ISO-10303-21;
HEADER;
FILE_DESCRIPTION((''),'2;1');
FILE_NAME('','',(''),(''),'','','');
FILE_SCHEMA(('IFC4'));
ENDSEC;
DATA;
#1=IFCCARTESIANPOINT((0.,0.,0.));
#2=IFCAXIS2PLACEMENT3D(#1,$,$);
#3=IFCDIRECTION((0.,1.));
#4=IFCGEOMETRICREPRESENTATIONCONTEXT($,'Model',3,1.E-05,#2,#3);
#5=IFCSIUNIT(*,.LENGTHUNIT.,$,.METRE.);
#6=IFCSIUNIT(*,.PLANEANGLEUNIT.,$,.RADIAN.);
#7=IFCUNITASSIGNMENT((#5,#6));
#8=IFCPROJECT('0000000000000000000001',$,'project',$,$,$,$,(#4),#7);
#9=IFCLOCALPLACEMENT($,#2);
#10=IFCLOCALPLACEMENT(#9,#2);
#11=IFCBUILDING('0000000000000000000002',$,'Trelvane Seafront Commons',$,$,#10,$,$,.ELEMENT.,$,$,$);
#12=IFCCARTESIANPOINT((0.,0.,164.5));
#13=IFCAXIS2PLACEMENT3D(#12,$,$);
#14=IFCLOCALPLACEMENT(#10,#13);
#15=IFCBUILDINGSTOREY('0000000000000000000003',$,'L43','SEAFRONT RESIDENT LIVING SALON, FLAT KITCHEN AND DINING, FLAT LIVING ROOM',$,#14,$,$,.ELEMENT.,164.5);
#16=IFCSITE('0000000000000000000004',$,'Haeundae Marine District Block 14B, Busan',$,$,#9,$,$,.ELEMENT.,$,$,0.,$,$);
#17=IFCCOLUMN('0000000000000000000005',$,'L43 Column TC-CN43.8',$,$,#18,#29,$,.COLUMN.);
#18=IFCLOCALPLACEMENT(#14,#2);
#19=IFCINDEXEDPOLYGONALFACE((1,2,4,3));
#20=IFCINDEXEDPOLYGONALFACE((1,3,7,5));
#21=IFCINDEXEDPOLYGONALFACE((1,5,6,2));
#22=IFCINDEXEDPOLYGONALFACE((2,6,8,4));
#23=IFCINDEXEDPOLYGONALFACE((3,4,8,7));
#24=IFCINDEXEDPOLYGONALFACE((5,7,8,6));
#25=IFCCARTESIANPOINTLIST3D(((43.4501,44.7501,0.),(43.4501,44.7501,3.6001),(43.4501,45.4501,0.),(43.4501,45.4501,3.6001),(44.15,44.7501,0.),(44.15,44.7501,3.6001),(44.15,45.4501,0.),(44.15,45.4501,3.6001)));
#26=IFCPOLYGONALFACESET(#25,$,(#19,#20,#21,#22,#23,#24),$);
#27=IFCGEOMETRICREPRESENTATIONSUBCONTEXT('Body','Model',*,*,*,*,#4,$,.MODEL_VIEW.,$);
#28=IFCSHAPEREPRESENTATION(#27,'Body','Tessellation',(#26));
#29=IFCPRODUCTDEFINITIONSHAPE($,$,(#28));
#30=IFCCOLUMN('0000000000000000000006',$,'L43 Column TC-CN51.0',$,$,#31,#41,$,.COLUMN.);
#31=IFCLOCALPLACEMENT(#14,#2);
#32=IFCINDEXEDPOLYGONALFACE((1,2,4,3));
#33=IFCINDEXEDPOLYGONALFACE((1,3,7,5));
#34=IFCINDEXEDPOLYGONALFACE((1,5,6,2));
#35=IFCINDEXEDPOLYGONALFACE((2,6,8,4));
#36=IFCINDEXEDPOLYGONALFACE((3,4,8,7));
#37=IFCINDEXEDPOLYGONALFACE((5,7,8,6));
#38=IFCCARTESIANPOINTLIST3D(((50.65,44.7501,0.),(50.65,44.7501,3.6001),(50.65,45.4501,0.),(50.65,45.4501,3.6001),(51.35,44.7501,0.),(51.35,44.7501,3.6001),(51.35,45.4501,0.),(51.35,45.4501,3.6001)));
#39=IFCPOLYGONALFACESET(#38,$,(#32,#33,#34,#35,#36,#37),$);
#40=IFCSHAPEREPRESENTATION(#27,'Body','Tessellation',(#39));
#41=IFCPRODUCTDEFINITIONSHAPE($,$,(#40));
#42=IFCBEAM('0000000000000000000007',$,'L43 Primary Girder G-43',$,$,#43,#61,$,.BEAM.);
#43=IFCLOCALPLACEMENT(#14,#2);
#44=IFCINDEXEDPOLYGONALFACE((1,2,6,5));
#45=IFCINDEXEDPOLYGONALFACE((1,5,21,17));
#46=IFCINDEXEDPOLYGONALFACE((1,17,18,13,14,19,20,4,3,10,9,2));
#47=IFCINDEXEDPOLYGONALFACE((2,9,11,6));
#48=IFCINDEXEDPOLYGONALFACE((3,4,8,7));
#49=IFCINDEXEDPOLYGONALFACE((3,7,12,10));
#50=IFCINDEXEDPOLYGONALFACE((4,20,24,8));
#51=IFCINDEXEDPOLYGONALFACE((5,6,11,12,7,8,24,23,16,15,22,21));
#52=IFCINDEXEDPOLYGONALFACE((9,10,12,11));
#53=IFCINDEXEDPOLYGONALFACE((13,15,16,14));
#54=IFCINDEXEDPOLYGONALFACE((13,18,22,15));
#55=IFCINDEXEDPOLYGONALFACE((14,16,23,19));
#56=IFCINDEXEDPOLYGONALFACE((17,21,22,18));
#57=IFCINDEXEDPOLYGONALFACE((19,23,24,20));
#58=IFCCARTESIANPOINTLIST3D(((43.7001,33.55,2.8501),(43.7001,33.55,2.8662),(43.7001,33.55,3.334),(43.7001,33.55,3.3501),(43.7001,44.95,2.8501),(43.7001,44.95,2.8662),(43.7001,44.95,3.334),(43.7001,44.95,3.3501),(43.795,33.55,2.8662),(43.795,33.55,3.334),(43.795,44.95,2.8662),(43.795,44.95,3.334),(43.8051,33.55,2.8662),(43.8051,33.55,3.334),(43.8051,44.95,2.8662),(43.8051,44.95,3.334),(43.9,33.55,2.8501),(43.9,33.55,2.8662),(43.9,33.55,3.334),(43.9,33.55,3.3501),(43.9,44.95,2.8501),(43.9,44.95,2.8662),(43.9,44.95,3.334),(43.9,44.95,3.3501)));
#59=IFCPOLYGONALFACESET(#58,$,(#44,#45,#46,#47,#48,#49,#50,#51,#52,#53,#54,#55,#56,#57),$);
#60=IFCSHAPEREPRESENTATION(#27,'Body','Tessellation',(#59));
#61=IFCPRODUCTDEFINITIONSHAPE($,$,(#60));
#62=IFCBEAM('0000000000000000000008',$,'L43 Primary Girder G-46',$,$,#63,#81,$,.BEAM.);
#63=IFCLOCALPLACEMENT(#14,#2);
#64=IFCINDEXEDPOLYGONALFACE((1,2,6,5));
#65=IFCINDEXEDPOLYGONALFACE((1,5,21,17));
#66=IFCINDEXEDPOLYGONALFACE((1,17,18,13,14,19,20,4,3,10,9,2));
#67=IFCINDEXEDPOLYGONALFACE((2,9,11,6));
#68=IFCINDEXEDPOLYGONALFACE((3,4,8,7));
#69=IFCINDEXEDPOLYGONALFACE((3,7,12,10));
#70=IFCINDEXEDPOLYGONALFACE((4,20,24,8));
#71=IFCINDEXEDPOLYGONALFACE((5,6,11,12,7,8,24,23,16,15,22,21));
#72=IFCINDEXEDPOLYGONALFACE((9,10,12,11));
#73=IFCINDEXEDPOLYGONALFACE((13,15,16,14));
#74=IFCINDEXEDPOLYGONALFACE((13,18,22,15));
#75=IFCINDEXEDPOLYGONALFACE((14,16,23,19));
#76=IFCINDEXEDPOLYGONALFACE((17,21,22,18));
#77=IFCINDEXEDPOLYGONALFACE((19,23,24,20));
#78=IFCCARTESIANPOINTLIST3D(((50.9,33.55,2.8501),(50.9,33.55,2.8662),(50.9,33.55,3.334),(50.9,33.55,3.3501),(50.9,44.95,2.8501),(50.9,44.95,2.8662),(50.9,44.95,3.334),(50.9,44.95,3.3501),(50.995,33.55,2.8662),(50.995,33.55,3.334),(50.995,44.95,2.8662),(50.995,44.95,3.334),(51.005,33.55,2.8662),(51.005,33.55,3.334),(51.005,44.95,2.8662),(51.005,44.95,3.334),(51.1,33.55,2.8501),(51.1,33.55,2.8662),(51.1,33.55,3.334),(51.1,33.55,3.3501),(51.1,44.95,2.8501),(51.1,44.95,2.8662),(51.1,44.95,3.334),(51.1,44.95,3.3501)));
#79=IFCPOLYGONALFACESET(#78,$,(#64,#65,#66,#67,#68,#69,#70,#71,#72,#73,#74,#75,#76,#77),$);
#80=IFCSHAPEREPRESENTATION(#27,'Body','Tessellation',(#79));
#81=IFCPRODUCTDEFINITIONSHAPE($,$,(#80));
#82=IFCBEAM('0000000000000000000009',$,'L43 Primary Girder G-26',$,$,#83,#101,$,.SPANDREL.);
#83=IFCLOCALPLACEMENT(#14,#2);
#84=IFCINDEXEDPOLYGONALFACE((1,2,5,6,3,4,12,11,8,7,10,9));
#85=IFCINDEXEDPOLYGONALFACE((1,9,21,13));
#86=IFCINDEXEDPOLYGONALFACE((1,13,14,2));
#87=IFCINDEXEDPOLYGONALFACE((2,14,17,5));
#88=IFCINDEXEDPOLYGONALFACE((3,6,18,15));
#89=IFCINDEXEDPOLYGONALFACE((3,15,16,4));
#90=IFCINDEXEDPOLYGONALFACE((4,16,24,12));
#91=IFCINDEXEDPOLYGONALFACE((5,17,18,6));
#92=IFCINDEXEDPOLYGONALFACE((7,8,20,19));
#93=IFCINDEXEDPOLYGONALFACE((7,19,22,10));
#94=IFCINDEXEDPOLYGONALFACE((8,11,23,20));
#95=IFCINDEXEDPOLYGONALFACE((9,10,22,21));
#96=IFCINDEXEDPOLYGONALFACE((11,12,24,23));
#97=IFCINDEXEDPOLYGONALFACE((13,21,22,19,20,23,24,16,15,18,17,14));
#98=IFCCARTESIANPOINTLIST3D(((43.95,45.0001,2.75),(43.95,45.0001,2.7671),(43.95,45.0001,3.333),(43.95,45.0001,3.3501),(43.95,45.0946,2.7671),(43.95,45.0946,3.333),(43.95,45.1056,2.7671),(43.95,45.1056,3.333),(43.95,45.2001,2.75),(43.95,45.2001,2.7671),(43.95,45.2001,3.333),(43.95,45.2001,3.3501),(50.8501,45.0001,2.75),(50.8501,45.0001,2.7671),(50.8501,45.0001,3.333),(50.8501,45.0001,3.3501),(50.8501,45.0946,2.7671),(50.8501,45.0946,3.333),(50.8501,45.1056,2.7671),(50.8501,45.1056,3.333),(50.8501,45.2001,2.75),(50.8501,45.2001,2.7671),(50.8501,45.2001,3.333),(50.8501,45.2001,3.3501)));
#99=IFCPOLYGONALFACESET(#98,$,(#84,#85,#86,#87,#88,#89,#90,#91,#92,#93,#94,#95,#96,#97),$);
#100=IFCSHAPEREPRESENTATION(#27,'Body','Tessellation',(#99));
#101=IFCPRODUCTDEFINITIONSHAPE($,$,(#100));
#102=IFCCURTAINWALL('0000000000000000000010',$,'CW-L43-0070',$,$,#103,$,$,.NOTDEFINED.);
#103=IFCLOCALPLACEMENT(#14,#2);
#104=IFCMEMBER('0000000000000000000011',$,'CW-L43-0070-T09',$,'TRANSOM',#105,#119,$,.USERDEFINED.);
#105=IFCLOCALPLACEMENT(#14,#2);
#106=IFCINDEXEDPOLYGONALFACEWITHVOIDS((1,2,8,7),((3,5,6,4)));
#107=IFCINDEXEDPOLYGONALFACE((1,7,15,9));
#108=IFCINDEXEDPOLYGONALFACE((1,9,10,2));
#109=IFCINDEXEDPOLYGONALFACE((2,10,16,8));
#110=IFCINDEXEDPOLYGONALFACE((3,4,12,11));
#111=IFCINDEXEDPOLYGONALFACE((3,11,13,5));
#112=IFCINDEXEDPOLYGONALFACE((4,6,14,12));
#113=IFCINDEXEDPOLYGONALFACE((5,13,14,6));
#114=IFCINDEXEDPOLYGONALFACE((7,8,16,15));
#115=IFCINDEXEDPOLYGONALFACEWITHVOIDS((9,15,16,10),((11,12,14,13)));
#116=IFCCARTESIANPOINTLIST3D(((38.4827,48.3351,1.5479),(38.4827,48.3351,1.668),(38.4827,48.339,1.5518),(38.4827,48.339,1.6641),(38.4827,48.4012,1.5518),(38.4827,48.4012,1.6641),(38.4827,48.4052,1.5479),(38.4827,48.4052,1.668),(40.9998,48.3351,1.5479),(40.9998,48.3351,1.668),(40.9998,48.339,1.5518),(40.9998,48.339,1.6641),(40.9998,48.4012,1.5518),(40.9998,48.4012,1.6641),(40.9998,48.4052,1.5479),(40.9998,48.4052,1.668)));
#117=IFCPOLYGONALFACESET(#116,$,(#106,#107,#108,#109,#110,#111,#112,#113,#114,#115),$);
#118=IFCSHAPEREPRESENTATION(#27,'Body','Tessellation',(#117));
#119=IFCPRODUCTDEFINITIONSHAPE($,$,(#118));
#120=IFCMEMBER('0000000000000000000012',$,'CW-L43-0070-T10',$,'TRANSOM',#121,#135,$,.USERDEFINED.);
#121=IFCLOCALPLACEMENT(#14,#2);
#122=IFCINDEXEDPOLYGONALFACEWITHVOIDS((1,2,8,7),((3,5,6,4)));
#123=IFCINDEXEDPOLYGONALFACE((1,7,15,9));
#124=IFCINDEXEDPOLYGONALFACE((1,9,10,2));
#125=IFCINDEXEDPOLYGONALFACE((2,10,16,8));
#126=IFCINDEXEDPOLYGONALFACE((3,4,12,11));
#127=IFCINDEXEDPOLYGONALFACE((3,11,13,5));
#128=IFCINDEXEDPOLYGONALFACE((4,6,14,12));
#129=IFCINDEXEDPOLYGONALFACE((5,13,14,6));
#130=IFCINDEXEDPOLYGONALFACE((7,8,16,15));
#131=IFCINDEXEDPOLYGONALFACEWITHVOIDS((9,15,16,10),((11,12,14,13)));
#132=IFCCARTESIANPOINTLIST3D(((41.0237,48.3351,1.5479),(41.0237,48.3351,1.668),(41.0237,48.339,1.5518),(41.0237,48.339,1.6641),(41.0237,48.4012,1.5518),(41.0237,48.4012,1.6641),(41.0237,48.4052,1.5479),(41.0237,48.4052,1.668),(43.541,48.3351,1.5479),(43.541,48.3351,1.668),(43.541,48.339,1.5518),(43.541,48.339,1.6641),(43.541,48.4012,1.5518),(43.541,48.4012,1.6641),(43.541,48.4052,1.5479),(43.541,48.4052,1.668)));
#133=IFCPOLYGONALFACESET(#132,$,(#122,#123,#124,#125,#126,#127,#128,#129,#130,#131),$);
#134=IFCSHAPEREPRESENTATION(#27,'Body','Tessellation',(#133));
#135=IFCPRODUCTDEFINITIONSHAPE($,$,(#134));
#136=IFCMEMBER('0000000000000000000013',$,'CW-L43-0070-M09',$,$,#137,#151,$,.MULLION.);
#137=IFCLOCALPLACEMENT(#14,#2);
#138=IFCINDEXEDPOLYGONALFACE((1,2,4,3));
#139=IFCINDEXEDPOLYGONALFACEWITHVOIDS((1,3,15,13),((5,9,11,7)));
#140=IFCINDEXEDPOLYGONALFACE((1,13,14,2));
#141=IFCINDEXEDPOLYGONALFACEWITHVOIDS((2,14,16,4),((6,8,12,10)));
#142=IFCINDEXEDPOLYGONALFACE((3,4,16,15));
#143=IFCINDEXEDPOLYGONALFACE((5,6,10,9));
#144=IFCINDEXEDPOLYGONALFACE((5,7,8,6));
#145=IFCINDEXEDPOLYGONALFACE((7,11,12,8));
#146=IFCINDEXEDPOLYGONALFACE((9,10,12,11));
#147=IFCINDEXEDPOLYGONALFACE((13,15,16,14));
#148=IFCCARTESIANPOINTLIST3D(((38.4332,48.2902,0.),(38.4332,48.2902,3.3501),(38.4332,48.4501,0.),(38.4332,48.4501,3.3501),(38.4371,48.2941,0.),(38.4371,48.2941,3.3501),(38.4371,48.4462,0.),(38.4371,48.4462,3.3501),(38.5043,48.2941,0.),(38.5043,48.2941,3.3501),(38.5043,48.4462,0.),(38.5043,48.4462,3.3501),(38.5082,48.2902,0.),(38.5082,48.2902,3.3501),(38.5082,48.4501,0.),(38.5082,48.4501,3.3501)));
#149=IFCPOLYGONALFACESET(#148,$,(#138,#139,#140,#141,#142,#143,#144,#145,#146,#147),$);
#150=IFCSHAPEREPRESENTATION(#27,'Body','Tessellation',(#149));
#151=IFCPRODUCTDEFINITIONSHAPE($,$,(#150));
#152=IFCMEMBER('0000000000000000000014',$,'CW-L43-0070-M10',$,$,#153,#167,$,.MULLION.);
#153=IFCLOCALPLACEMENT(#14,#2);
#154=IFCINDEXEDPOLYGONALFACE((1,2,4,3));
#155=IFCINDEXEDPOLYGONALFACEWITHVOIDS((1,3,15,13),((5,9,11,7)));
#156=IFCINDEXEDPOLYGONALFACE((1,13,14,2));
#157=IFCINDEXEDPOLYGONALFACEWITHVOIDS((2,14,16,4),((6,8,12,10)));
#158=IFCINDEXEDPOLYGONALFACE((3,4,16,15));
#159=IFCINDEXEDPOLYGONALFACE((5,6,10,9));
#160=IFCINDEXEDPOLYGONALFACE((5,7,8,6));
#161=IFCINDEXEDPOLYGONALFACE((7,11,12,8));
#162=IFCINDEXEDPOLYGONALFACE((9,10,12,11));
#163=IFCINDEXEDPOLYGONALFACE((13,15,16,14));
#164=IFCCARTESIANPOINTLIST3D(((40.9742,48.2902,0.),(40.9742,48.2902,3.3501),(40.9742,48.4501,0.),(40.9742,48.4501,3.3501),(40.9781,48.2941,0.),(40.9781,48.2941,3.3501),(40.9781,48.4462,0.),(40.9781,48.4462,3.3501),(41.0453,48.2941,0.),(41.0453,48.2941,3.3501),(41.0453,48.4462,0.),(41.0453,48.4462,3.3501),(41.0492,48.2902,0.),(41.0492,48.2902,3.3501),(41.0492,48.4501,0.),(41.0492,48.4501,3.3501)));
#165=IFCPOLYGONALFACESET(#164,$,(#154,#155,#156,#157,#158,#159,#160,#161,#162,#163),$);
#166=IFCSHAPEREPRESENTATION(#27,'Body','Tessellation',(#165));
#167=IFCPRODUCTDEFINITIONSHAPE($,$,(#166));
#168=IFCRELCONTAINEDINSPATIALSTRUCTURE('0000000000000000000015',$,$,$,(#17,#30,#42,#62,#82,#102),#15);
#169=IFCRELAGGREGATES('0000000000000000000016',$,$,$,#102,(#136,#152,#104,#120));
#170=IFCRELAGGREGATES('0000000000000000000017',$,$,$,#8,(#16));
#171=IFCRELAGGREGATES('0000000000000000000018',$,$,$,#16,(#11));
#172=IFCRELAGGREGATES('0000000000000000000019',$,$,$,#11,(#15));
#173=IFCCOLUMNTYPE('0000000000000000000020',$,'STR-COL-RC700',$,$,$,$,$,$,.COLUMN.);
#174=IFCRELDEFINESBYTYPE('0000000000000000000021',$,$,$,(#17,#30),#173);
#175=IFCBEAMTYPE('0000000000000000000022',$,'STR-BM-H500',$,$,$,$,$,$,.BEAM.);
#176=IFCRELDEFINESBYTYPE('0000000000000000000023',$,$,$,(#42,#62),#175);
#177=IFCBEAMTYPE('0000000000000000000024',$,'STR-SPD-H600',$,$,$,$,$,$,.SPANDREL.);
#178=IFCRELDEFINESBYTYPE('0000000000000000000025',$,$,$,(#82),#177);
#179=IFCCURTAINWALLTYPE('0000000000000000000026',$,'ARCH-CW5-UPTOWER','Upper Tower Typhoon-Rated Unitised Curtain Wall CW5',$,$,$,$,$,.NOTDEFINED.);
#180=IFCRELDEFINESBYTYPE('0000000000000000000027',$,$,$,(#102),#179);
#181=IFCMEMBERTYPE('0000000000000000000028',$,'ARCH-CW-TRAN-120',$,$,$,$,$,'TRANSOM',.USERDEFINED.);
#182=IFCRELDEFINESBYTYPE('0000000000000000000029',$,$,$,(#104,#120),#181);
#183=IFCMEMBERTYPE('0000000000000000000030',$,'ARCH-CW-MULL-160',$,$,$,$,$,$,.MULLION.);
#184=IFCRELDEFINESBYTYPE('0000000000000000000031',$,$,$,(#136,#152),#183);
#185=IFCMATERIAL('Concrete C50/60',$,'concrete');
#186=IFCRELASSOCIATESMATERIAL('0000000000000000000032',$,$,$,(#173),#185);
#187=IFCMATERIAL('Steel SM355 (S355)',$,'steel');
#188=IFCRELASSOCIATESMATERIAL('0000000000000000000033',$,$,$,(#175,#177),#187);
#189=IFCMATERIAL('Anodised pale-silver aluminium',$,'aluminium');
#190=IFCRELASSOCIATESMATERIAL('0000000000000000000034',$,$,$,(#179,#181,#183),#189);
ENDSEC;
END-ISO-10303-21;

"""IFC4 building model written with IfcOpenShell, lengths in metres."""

from ifc_helpers import new_model, si_unit, direction, frame, origin, origin_2d, place, context, subcontext, project, spatial, rectangle, hollow_rectangle, i_section, extrude, source, transform, mapped, material, material_profile, profile_set, type_object, element, aggregate, save


model = new_model("IFC4")

# Units and contexts
model_context = context("Model", 3, precision=1e-05, world=origin(), true_north=direction((0.0, 1.0)))
body_context = subcontext(model_context, "Body", "Model", "MODEL_VIEW")
ifc_project = project(units=[si_unit("LENGTHUNIT", "METRE"), si_unit("PLANEANGLEUNIT", "RADIAN")], contexts=[model_context])

# Site, building, storey
site_placement = place(None, origin())
site = spatial("IfcSite", under=ifc_project, at=site_placement, Name="Haeundae Marine District Block 14B, Busan", CompositionType="ELEMENT", RefElevation=0.0)
building_placement = place(site_placement, origin())
building = spatial("IfcBuilding", under=site, at=building_placement, Name="Trelvane Seafront Commons", CompositionType="ELEMENT")
storey_placement = place(building_placement, frame((0.0, 0.0, 164.5)))
storey = spatial("IfcBuildingStorey", under=building, at=storey_placement, Name="L43", Description="SEAFRONT RESIDENT LIVING SALON, FLAT KITCHEN AND DINING, FLAT LIVING ROOM", CompositionType="ELEMENT", Elevation=164.5)

# Columns
ifc_material_1 = material(Name="Concrete C50/60", Category="concrete")
ifc_material_profile_1 = material_profile(ifc_material_1, rectangle(XDim=0.7, YDim=0.7, at=origin_2d()), Name="RC-700x700")
ifc_profile_set_1 = profile_set([ifc_material_profile_1], Name="Concrete C50/60")
column_type = type_object("IfcColumnType", Name="STR-COL-RC700", PredefinedType="COLUMN", material=ifc_profile_set_1)
shared_shape_1 = source(origin(), body_context, "Body", "SweptSolid", [
    extrude(rectangle(XDim=0.7, YDim=0.7, at=origin_2d()), origin(), (0.0, 0.0, 1.0), 3.6001),
])
for number, where, z_axis, x_axis, name in (
    (1, (43.8, 45.1001, 0.0), (0.0, 0.0, 1.0), (1.0, 0.0, 0.0), "L43 Column TC-CN43.8"),
    (2, (51.0, 45.1001, 0.0), (0.0, 0.0, 1.0), (1.0, 0.0, 0.0), "L43 Column TC-CN51.0"),
):
    element("IfcColumn", number, at=place(storey_placement, frame(where, z_axis=z_axis, x_axis=x_axis)), inside=storey, type_object=column_type, Name=name, PredefinedType="COLUMN", context=body_context, shape_type="MappedRepresentation", body=[
        mapped(shared_shape_1, transform((0.0, 0.0, 0.0), x_axis=(1.0, 0.0, 0.0), y_axis=(0.0, 1.0, 0.0), z_axis=(0.0, 0.0, 1.0), scale=1.0)),
    ])

# Beams
ifc_material_2 = material(Name="Steel SM355 (S355)", Category="steel")
ifc_material_profile_2 = material_profile(ifc_material_2, i_section(OverallWidth=0.2, OverallDepth=0.5, WebThickness=0.01, FlangeThickness=0.0161, at=origin_2d()), Name="H-500x200x10x16")
ifc_profile_set_2 = profile_set([ifc_material_profile_2], Name="Steel SM355 (S355)")
beam_type_1 = type_object("IfcBeamType", Name="STR-BM-H500", PredefinedType="BEAM", material=ifc_profile_set_2)
shared_shape_2 = source(origin(), body_context, "Body", "SweptSolid", [
    extrude(i_section(OverallWidth=0.2, OverallDepth=0.5, WebThickness=0.01, FlangeThickness=0.0161, at=origin_2d()), origin(), (0.0, 0.0, 1.0), 11.3999),
])
for number, where, z_axis, x_axis, name in (
    (3, (43.8, 33.55, 3.1001), (0.0, 1.0, 0.0), (-1.0, 0.0, 0.0), "L43 Primary Girder G-43"),
    (4, (51.0, 33.55, 3.1001), (0.0, 1.0, 0.0), (-1.0, 0.0, 0.0), "L43 Primary Girder G-46"),
):
    element("IfcBeam", number, at=place(storey_placement, frame(where, z_axis=z_axis, x_axis=x_axis)), inside=storey, type_object=beam_type_1, Name=name, PredefinedType="BEAM", context=body_context, shape_type="MappedRepresentation", body=[
        mapped(shared_shape_2, transform((0.0, 0.0, 0.0), x_axis=(1.0, 0.0, 0.0), y_axis=(0.0, 1.0, 0.0), z_axis=(0.0, 0.0, 1.0), scale=1.0)),
    ])
ifc_material_profile_3 = material_profile(ifc_material_2, i_section(OverallWidth=0.2, OverallDepth=0.6001, WebThickness=0.011, FlangeThickness=0.0171, at=origin_2d()), Name="H-600x200x11x17")
ifc_profile_set_3 = profile_set([ifc_material_profile_3], Name="Steel SM355 (S355)")
beam_type_2 = type_object("IfcBeamType", Name="STR-SPD-H600", PredefinedType="SPANDREL", material=ifc_profile_set_3)
shared_shape_3 = source(origin(), body_context, "Body", "SweptSolid", [
    extrude(i_section(OverallWidth=0.2, OverallDepth=0.6001, WebThickness=0.011, FlangeThickness=0.0171, at=origin_2d()), origin(), (0.0, 0.0, 1.0), 6.9001),
])
beam_placement = place(storey_placement, frame((43.95, 45.1001, 3.05), z_axis=(1.0, 0.0, 0.0), x_axis=(0.0, 1.0, 0.0)))
element("IfcBeam", 5, at=beam_placement, inside=storey, type_object=beam_type_2, Name="L43 Primary Girder G-26", PredefinedType="SPANDREL", context=body_context, shape_type="MappedRepresentation", body=[
    mapped(shared_shape_3, transform((0.0, 0.0, 0.0), x_axis=(1.0, 0.0, 0.0), y_axis=(0.0, 1.0, 0.0), z_axis=(0.0, 0.0, 1.0), scale=1.0)),
])

# Curtain wall, members
ifc_material_3 = material(Name="Anodised pale-silver aluminium", Category="aluminium")
curtain_wall_type = type_object("IfcCurtainWallType", Name="ARCH-CW5-UPTOWER", Description="Upper Tower Typhoon-Rated Unitised Curtain Wall CW5", PredefinedType="NOTDEFINED", material=ifc_material_3)
curtain_wall_placement = place(storey_placement, origin())
curtain_wall = element("IfcCurtainWall", 6, at=curtain_wall_placement, inside=storey, type_object=curtain_wall_type, Name="CW-L43-0070", PredefinedType="NOTDEFINED")
ifc_material_profile_4 = material_profile(ifc_material_3, hollow_rectangle(XDim=0.0701, YDim=0.1201, WallThickness=0.0039, at=origin_2d()), Name="TRAN-70x120x4")
ifc_profile_set_4 = profile_set([ifc_material_profile_4], Name="Anodised pale-silver aluminium")
member_type_1 = type_object("IfcMemberType", Name="ARCH-CW-TRAN-120", ElementType="TRANSOM", PredefinedType="USERDEFINED", material=ifc_profile_set_4)
shared_shape_4 = source(origin(), body_context, "Body", "SweptSolid", [
    extrude(hollow_rectangle(XDim=0.0701, YDim=0.1201, WallThickness=0.0039, at=origin_2d()), origin(), (0.0, 0.0, 1.0), 2.5171),
])
member_1_placement = place(storey_placement, frame((38.4827, 48.3701, 1.6079), z_axis=(1.0, 0.0, 0.0), x_axis=(0.0, 1.0, 0.0)))
member_1 = element("IfcMember", 7, at=member_1_placement, type_object=member_type_1, Name="CW-L43-0070-T09", ObjectType="TRANSOM", PredefinedType="USERDEFINED", context=body_context, shape_type="MappedRepresentation", body=[
    mapped(shared_shape_4, transform((0.0, 0.0, 0.0), x_axis=(1.0, 0.0, 0.0), y_axis=(0.0, 1.0, 0.0), z_axis=(0.0, 0.0, 1.0), scale=1.0)),
])
shared_shape_5 = source(origin(), body_context, "Body", "SweptSolid", [
    extrude(hollow_rectangle(XDim=0.0701, YDim=0.1201, WallThickness=0.0039, at=origin_2d()), origin(), (0.0, 0.0, 1.0), 2.5173),
])
member_2_placement = place(storey_placement, frame((41.0237, 48.3701, 1.6079), z_axis=(1.0, 0.0, 0.0), x_axis=(0.0, 1.0, 0.0)))
member_2 = element("IfcMember", 8, at=member_2_placement, type_object=member_type_1, Name="CW-L43-0070-T10", ObjectType="TRANSOM", PredefinedType="USERDEFINED", context=body_context, shape_type="MappedRepresentation", body=[
    mapped(shared_shape_5, transform((0.0, 0.0, 0.0), x_axis=(1.0, 0.0, 0.0), y_axis=(0.0, 1.0, 0.0), z_axis=(0.0, 0.0, 1.0), scale=1.0)),
])
ifc_material_profile_5 = material_profile(ifc_material_3, hollow_rectangle(XDim=0.075, YDim=0.1599, WallThickness=0.0039, at=origin_2d()), Name="MULL-75x160x4")
ifc_profile_set_5 = profile_set([ifc_material_profile_5], Name="Anodised pale-silver aluminium")
member_type_2 = type_object("IfcMemberType", Name="ARCH-CW-MULL-160", PredefinedType="MULLION", material=ifc_profile_set_5)
shared_shape_6 = source(origin(), body_context, "Body", "SweptSolid", [
    extrude(hollow_rectangle(XDim=0.075, YDim=0.1599, WallThickness=0.0039, at=origin_2d()), origin(), (0.0, 0.0, 1.0), 3.3501),
])
member_3_placement = place(storey_placement, frame((38.4707, 48.3701, 0.0), z_axis=(0.0, 0.0, 1.0), x_axis=(1.0, 0.0, 0.0)))
member_3 = element("IfcMember", 9, at=member_3_placement, type_object=member_type_2, Name="CW-L43-0070-M09", PredefinedType="MULLION", context=body_context, shape_type="MappedRepresentation", body=[
    mapped(shared_shape_6, transform((0.0, 0.0, 0.0), x_axis=(1.0, 0.0, 0.0), y_axis=(0.0, 1.0, 0.0), z_axis=(0.0, 0.0, 1.0), scale=1.0)),
])
member_4_placement = place(storey_placement, frame((41.0117, 48.3701, 0.0), z_axis=(0.0, 0.0, 1.0), x_axis=(1.0, 0.0, 0.0)))
member_4 = element("IfcMember", 10, at=member_4_placement, type_object=member_type_2, Name="CW-L43-0070-M10", PredefinedType="MULLION", context=body_context, shape_type="MappedRepresentation", body=[
    mapped(shared_shape_6, transform((0.0, 0.0, 0.0), x_axis=(1.0, 0.0, 0.0), y_axis=(0.0, 1.0, 0.0), z_axis=(0.0, 0.0, 1.0), scale=1.0)),
])
aggregate(curtain_wall, [member_3, member_4, member_1, member_2])

save(model, "model.ifc")
